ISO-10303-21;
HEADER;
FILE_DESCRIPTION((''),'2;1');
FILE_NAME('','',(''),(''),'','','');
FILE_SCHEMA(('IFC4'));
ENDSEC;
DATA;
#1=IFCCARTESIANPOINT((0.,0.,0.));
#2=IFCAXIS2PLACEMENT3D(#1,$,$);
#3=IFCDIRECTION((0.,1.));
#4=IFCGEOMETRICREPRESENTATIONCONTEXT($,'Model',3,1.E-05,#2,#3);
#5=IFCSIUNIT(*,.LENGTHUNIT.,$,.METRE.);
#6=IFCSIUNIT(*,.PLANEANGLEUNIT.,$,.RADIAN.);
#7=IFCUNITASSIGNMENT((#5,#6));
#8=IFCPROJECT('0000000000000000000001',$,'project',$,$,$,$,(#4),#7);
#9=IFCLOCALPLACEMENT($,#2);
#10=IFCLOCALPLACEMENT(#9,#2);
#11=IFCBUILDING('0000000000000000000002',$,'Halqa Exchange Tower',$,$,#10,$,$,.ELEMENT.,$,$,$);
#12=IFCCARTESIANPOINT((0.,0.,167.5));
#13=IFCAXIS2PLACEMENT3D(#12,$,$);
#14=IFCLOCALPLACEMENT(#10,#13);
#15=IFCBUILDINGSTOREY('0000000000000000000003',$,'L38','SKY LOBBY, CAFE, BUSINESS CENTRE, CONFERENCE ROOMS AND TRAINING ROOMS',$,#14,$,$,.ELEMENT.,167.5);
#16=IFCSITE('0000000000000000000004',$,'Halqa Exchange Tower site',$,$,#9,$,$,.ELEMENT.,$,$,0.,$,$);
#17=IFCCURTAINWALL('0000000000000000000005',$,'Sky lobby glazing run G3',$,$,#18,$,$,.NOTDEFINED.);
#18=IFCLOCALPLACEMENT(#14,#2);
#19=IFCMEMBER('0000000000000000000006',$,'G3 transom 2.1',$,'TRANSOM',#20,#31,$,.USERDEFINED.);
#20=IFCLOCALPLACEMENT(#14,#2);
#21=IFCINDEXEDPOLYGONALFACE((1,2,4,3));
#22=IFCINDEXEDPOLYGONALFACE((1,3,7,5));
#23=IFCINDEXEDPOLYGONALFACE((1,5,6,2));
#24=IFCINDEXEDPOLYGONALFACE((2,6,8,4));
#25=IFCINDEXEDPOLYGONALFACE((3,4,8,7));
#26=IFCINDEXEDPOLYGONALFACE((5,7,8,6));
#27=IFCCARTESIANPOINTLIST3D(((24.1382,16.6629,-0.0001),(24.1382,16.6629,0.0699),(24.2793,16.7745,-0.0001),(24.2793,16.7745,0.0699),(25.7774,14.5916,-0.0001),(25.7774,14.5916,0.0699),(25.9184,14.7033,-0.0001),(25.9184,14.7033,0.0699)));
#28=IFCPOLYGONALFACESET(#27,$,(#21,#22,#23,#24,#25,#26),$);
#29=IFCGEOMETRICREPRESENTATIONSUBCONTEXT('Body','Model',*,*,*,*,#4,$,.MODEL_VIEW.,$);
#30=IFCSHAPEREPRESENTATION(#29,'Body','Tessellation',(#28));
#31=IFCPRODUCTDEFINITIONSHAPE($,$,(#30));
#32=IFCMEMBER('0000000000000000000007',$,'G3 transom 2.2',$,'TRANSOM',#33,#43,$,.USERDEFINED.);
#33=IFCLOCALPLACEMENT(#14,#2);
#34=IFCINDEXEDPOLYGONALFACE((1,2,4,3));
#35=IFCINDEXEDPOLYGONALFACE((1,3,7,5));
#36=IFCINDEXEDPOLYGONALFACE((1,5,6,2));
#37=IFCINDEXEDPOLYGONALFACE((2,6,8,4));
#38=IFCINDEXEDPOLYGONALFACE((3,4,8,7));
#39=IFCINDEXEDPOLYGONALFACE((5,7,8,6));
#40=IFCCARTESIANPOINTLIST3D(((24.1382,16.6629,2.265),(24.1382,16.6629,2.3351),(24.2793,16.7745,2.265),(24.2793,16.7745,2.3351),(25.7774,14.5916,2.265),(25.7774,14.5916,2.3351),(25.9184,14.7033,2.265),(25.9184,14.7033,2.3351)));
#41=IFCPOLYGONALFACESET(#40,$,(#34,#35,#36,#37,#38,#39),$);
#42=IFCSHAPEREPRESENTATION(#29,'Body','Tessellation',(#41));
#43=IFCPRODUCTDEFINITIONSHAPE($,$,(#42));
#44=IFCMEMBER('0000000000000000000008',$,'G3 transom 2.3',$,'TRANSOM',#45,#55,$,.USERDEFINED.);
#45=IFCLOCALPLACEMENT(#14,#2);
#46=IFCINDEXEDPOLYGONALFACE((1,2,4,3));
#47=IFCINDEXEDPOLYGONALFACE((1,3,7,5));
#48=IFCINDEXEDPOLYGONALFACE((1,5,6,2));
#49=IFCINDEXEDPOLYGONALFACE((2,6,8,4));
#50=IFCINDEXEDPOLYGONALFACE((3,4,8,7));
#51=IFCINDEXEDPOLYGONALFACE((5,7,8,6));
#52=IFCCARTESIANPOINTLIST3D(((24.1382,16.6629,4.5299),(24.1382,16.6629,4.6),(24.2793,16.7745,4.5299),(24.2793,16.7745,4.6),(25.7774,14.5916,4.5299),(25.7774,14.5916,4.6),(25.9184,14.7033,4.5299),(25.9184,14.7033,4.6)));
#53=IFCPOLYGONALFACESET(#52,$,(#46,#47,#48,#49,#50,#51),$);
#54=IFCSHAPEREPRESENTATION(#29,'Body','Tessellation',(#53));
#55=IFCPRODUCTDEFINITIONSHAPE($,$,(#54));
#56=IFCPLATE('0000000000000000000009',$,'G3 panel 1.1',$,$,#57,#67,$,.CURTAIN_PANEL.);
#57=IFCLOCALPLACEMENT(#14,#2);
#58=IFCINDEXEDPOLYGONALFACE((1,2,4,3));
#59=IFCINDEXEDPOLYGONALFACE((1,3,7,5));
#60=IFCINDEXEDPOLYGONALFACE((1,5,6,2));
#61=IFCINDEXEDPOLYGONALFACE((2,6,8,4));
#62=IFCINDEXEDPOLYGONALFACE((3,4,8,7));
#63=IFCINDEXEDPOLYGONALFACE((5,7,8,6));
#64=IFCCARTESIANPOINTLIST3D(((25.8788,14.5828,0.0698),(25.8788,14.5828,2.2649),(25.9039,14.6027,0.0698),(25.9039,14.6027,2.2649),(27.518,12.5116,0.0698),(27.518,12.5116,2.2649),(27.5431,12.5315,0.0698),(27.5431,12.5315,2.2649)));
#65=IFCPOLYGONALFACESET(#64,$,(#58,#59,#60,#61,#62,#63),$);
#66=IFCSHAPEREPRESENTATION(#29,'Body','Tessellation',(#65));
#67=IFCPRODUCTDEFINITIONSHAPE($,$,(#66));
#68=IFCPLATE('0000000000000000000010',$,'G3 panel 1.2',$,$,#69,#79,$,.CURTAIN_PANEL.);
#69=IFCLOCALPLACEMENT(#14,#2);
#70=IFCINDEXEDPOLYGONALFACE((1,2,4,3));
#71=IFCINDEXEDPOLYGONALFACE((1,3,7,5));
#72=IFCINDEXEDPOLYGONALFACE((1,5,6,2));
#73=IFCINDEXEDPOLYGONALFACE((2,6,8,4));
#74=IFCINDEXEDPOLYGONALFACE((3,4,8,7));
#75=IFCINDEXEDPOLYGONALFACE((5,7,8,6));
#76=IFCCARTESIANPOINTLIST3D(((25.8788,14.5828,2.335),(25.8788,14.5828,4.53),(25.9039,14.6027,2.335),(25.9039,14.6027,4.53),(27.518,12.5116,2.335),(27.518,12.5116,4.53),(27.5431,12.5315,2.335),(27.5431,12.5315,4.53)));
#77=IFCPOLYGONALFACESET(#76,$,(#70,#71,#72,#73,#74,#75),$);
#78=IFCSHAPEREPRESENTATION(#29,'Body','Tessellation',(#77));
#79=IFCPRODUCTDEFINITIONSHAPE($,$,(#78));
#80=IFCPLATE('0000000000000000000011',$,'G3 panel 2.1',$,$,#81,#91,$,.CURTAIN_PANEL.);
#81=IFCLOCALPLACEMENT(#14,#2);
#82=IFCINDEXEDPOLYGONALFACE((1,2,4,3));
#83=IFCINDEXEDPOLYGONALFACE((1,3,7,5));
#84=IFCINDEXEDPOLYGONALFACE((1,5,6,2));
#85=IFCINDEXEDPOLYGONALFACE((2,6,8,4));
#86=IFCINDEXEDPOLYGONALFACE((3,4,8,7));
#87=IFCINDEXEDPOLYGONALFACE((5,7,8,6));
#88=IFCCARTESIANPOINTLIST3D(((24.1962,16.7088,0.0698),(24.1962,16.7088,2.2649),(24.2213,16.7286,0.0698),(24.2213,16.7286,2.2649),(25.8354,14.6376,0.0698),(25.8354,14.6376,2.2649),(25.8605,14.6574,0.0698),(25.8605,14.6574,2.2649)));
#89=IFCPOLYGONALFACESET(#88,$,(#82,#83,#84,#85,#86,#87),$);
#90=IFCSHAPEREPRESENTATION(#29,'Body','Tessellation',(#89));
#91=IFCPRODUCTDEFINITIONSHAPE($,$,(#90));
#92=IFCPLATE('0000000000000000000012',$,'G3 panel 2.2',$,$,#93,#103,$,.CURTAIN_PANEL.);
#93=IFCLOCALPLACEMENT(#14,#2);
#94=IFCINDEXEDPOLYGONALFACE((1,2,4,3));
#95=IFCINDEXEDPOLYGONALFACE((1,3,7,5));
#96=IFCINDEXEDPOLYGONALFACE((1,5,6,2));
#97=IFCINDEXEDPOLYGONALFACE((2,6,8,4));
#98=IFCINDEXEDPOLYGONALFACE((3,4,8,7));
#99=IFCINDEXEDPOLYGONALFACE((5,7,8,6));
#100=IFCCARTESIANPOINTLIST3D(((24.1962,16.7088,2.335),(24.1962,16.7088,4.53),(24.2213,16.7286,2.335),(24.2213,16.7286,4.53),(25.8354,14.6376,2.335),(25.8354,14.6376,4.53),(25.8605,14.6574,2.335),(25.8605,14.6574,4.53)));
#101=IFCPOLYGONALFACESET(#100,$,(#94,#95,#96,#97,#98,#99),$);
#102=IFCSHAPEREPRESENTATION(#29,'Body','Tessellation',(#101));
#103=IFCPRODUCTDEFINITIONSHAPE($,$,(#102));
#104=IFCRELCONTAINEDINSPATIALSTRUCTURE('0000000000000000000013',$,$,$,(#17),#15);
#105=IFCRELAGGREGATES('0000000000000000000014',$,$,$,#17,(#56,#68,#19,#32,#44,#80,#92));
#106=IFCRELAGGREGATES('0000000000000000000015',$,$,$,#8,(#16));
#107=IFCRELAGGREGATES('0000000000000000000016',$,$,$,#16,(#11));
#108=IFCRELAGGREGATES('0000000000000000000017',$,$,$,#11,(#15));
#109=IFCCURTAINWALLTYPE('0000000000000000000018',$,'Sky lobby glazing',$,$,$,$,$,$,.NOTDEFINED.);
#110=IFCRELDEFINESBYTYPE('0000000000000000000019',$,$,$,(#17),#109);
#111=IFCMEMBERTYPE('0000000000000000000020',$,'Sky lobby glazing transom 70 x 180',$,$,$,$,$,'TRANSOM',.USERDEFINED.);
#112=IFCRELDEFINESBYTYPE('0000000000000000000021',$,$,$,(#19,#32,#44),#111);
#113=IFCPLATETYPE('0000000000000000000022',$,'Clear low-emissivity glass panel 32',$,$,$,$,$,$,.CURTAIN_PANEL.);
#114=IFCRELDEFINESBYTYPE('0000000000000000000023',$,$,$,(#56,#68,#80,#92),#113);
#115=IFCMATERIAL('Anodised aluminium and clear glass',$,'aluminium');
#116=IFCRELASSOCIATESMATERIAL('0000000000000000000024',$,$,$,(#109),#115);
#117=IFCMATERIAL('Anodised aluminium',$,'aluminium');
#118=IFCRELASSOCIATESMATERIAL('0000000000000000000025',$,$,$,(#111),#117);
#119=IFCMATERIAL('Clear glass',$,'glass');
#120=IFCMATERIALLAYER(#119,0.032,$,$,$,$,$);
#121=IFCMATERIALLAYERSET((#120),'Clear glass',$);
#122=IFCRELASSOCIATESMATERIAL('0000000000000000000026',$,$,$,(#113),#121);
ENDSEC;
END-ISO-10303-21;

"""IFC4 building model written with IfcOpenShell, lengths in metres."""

from ifc_helpers import new_model, si_unit, direction, frame, origin, origin_2d, place, context, subcontext, project, spatial, rectangle, extrude, material, layer, layer_set, material_profile, profile_set, type_object, element, aggregate, save


model = new_model("IFC4")

# Units and contexts
model_context = context("Model", 3, precision=1e-05, world=origin(), true_north=direction((0.0, 1.0)))
body_context = subcontext(model_context, "Body", "Model", "MODEL_VIEW")
ifc_project = project(units=[si_unit("LENGTHUNIT", "METRE"), si_unit("PLANEANGLEUNIT", "RADIAN")], contexts=[model_context])

# Site, building, storey
site_placement = place(None, origin())
site = spatial("IfcSite", under=ifc_project, at=site_placement, Name="Halqa Exchange Tower site", CompositionType="ELEMENT", RefElevation=0.0)
building_placement = place(site_placement, origin())
building = spatial("IfcBuilding", under=site, at=building_placement, Name="Halqa Exchange Tower", CompositionType="ELEMENT")
storey_placement = place(building_placement, frame((0.0, 0.0, 167.5)))
storey = spatial("IfcBuildingStorey", under=building, at=storey_placement, Name="L38", Description="SKY LOBBY, CAFE, BUSINESS CENTRE, CONFERENCE ROOMS AND TRAINING ROOMS", CompositionType="ELEMENT", Elevation=167.5)

# Curtain wall, members, plates
ifc_material_1 = material(Name="Anodised aluminium and clear glass", Category="aluminium")
curtain_wall_type = type_object("IfcCurtainWallType", Name="Sky lobby glazing", PredefinedType="NOTDEFINED", material=ifc_material_1)
curtain_wall_placement = place(storey_placement, origin())
curtain_wall = element("IfcCurtainWall", 1, at=curtain_wall_placement, inside=storey, type_object=curtain_wall_type, Name="Sky lobby glazing run G3", PredefinedType="NOTDEFINED")
ifc_material_2 = material(Name="Anodised aluminium", Category="aluminium")
ifc_material_profile_1 = material_profile(ifc_material_2, rectangle(XDim=0.1799, YDim=0.0701, at=origin_2d()), Name="AL 70x180")
ifc_profile_set_1 = profile_set([ifc_material_profile_1], Name="Anodised aluminium")
member_type_1 = type_object("IfcMemberType", Name="Sky lobby glazing transom 70 x 180", ElementType="TRANSOM", PredefinedType="USERDEFINED", material=ifc_profile_set_1)
member_1_placement = place(storey_placement, frame((25.8479, 14.6475, 0.0349), z_axis=(-0.620561, 0.784158, 0.0), x_axis=(-0.784158, -0.620561, 0.0)))
member_1 = element("IfcMember", 2, at=member_1_placement, type_object=member_type_1, Name="G3 transom 2.1", ObjectType="TRANSOM", PredefinedType="USERDEFINED", context=body_context, shape_type="SweptSolid", body=[
    extrude(rectangle(XDim=0.1799, YDim=0.0701, at=origin_2d()), origin(), (0.0, 0.0, 1.0), 2.6414),
])
member_2_placement = place(storey_placement, frame((25.8479, 14.6475, 2.3), z_axis=(-0.620561, 0.784158, 0.0), x_axis=(-0.784158, -0.620561, 0.0)))
member_2 = element("IfcMember", 3, at=member_2_placement, type_object=member_type_1, Name="G3 transom 2.2", ObjectType="TRANSOM", PredefinedType="USERDEFINED", context=body_context, shape_type="SweptSolid", body=[
    extrude(rectangle(XDim=0.1799, YDim=0.0701, at=origin_2d()), origin(), (0.0, 0.0, 1.0), 2.6414),
])
member_3_placement = place(storey_placement, frame((25.8479, 14.6475, 4.5649), z_axis=(-0.620561, 0.784158, 0.0), x_axis=(-0.784158, -0.620561, 0.0)))
member_3 = element("IfcMember", 4, at=member_3_placement, type_object=member_type_1, Name="G3 transom 2.3", ObjectType="TRANSOM", PredefinedType="USERDEFINED", context=body_context, shape_type="SweptSolid", body=[
    extrude(rectangle(XDim=0.1799, YDim=0.0701, at=origin_2d()), origin(), (0.0, 0.0, 1.0), 2.6414),
])
ifc_material_3 = material(Name="Clear glass", Category="glass")
ifc_layer = layer(ifc_material_3, 0.032)
ifc_layer_set = layer_set([ifc_layer], Name="Clear glass")
plate_type = type_object("IfcPlateType", Name="Clear low-emissivity glass panel 32", PredefinedType="CURTAIN_PANEL", material=ifc_layer_set)
plate_1_placement = place(storey_placement, frame((26.7109, 13.5571, 0.0698), z_axis=(0.0, 0.0, 1.0), x_axis=(-0.620584, 0.78414, 0.0)))
plate_1 = element("IfcPlate", 5, at=plate_1_placement, type_object=plate_type, Name="G3 panel 1.1", PredefinedType="CURTAIN_PANEL", context=body_context, shape_type="SweptSolid", body=[
    extrude(rectangle(XDim=2.6414, YDim=0.032, at=origin_2d()), origin(), (0.0, 0.0, 1.0), 2.1951),
])
plate_2_placement = place(storey_placement, frame((26.7109, 13.5571, 2.335), z_axis=(0.0, 0.0, 1.0), x_axis=(-0.620584, 0.78414, 0.0)))
plate_2 = element("IfcPlate", 6, at=plate_2_placement, type_object=plate_type, Name="G3 panel 1.2", PredefinedType="CURTAIN_PANEL", context=body_context, shape_type="SweptSolid", body=[
    extrude(rectangle(XDim=2.6414, YDim=0.032, at=origin_2d()), origin(), (0.0, 0.0, 1.0), 2.1951),
])
plate_3_placement = place(storey_placement, frame((25.0283, 15.6831, 0.0698), z_axis=(0.0, 0.0, 1.0), x_axis=(-0.620584, 0.78414, 0.0)))
plate_3 = element("IfcPlate", 7, at=plate_3_placement, type_object=plate_type, Name="G3 panel 2.1", PredefinedType="CURTAIN_PANEL", context=body_context, shape_type="SweptSolid", body=[
    extrude(rectangle(XDim=2.6414, YDim=0.032, at=origin_2d()), origin(), (0.0, 0.0, 1.0), 2.1951),
])
plate_4_placement = place(storey_placement, frame((25.0283, 15.6831, 2.335), z_axis=(0.0, 0.0, 1.0), x_axis=(-0.620584, 0.78414, 0.0)))
plate_4 = element("IfcPlate", 8, at=plate_4_placement, type_object=plate_type, Name="G3 panel 2.2", PredefinedType="CURTAIN_PANEL", context=body_context, shape_type="SweptSolid", body=[
    extrude(rectangle(XDim=2.6414, YDim=0.032, at=origin_2d()), origin(), (0.0, 0.0, 1.0), 2.1951),
])
aggregate(curtain_wall, [plate_1, plate_2, member_1, member_2, member_3, plate_3, plate_4])

save(model, "model.ifc")
